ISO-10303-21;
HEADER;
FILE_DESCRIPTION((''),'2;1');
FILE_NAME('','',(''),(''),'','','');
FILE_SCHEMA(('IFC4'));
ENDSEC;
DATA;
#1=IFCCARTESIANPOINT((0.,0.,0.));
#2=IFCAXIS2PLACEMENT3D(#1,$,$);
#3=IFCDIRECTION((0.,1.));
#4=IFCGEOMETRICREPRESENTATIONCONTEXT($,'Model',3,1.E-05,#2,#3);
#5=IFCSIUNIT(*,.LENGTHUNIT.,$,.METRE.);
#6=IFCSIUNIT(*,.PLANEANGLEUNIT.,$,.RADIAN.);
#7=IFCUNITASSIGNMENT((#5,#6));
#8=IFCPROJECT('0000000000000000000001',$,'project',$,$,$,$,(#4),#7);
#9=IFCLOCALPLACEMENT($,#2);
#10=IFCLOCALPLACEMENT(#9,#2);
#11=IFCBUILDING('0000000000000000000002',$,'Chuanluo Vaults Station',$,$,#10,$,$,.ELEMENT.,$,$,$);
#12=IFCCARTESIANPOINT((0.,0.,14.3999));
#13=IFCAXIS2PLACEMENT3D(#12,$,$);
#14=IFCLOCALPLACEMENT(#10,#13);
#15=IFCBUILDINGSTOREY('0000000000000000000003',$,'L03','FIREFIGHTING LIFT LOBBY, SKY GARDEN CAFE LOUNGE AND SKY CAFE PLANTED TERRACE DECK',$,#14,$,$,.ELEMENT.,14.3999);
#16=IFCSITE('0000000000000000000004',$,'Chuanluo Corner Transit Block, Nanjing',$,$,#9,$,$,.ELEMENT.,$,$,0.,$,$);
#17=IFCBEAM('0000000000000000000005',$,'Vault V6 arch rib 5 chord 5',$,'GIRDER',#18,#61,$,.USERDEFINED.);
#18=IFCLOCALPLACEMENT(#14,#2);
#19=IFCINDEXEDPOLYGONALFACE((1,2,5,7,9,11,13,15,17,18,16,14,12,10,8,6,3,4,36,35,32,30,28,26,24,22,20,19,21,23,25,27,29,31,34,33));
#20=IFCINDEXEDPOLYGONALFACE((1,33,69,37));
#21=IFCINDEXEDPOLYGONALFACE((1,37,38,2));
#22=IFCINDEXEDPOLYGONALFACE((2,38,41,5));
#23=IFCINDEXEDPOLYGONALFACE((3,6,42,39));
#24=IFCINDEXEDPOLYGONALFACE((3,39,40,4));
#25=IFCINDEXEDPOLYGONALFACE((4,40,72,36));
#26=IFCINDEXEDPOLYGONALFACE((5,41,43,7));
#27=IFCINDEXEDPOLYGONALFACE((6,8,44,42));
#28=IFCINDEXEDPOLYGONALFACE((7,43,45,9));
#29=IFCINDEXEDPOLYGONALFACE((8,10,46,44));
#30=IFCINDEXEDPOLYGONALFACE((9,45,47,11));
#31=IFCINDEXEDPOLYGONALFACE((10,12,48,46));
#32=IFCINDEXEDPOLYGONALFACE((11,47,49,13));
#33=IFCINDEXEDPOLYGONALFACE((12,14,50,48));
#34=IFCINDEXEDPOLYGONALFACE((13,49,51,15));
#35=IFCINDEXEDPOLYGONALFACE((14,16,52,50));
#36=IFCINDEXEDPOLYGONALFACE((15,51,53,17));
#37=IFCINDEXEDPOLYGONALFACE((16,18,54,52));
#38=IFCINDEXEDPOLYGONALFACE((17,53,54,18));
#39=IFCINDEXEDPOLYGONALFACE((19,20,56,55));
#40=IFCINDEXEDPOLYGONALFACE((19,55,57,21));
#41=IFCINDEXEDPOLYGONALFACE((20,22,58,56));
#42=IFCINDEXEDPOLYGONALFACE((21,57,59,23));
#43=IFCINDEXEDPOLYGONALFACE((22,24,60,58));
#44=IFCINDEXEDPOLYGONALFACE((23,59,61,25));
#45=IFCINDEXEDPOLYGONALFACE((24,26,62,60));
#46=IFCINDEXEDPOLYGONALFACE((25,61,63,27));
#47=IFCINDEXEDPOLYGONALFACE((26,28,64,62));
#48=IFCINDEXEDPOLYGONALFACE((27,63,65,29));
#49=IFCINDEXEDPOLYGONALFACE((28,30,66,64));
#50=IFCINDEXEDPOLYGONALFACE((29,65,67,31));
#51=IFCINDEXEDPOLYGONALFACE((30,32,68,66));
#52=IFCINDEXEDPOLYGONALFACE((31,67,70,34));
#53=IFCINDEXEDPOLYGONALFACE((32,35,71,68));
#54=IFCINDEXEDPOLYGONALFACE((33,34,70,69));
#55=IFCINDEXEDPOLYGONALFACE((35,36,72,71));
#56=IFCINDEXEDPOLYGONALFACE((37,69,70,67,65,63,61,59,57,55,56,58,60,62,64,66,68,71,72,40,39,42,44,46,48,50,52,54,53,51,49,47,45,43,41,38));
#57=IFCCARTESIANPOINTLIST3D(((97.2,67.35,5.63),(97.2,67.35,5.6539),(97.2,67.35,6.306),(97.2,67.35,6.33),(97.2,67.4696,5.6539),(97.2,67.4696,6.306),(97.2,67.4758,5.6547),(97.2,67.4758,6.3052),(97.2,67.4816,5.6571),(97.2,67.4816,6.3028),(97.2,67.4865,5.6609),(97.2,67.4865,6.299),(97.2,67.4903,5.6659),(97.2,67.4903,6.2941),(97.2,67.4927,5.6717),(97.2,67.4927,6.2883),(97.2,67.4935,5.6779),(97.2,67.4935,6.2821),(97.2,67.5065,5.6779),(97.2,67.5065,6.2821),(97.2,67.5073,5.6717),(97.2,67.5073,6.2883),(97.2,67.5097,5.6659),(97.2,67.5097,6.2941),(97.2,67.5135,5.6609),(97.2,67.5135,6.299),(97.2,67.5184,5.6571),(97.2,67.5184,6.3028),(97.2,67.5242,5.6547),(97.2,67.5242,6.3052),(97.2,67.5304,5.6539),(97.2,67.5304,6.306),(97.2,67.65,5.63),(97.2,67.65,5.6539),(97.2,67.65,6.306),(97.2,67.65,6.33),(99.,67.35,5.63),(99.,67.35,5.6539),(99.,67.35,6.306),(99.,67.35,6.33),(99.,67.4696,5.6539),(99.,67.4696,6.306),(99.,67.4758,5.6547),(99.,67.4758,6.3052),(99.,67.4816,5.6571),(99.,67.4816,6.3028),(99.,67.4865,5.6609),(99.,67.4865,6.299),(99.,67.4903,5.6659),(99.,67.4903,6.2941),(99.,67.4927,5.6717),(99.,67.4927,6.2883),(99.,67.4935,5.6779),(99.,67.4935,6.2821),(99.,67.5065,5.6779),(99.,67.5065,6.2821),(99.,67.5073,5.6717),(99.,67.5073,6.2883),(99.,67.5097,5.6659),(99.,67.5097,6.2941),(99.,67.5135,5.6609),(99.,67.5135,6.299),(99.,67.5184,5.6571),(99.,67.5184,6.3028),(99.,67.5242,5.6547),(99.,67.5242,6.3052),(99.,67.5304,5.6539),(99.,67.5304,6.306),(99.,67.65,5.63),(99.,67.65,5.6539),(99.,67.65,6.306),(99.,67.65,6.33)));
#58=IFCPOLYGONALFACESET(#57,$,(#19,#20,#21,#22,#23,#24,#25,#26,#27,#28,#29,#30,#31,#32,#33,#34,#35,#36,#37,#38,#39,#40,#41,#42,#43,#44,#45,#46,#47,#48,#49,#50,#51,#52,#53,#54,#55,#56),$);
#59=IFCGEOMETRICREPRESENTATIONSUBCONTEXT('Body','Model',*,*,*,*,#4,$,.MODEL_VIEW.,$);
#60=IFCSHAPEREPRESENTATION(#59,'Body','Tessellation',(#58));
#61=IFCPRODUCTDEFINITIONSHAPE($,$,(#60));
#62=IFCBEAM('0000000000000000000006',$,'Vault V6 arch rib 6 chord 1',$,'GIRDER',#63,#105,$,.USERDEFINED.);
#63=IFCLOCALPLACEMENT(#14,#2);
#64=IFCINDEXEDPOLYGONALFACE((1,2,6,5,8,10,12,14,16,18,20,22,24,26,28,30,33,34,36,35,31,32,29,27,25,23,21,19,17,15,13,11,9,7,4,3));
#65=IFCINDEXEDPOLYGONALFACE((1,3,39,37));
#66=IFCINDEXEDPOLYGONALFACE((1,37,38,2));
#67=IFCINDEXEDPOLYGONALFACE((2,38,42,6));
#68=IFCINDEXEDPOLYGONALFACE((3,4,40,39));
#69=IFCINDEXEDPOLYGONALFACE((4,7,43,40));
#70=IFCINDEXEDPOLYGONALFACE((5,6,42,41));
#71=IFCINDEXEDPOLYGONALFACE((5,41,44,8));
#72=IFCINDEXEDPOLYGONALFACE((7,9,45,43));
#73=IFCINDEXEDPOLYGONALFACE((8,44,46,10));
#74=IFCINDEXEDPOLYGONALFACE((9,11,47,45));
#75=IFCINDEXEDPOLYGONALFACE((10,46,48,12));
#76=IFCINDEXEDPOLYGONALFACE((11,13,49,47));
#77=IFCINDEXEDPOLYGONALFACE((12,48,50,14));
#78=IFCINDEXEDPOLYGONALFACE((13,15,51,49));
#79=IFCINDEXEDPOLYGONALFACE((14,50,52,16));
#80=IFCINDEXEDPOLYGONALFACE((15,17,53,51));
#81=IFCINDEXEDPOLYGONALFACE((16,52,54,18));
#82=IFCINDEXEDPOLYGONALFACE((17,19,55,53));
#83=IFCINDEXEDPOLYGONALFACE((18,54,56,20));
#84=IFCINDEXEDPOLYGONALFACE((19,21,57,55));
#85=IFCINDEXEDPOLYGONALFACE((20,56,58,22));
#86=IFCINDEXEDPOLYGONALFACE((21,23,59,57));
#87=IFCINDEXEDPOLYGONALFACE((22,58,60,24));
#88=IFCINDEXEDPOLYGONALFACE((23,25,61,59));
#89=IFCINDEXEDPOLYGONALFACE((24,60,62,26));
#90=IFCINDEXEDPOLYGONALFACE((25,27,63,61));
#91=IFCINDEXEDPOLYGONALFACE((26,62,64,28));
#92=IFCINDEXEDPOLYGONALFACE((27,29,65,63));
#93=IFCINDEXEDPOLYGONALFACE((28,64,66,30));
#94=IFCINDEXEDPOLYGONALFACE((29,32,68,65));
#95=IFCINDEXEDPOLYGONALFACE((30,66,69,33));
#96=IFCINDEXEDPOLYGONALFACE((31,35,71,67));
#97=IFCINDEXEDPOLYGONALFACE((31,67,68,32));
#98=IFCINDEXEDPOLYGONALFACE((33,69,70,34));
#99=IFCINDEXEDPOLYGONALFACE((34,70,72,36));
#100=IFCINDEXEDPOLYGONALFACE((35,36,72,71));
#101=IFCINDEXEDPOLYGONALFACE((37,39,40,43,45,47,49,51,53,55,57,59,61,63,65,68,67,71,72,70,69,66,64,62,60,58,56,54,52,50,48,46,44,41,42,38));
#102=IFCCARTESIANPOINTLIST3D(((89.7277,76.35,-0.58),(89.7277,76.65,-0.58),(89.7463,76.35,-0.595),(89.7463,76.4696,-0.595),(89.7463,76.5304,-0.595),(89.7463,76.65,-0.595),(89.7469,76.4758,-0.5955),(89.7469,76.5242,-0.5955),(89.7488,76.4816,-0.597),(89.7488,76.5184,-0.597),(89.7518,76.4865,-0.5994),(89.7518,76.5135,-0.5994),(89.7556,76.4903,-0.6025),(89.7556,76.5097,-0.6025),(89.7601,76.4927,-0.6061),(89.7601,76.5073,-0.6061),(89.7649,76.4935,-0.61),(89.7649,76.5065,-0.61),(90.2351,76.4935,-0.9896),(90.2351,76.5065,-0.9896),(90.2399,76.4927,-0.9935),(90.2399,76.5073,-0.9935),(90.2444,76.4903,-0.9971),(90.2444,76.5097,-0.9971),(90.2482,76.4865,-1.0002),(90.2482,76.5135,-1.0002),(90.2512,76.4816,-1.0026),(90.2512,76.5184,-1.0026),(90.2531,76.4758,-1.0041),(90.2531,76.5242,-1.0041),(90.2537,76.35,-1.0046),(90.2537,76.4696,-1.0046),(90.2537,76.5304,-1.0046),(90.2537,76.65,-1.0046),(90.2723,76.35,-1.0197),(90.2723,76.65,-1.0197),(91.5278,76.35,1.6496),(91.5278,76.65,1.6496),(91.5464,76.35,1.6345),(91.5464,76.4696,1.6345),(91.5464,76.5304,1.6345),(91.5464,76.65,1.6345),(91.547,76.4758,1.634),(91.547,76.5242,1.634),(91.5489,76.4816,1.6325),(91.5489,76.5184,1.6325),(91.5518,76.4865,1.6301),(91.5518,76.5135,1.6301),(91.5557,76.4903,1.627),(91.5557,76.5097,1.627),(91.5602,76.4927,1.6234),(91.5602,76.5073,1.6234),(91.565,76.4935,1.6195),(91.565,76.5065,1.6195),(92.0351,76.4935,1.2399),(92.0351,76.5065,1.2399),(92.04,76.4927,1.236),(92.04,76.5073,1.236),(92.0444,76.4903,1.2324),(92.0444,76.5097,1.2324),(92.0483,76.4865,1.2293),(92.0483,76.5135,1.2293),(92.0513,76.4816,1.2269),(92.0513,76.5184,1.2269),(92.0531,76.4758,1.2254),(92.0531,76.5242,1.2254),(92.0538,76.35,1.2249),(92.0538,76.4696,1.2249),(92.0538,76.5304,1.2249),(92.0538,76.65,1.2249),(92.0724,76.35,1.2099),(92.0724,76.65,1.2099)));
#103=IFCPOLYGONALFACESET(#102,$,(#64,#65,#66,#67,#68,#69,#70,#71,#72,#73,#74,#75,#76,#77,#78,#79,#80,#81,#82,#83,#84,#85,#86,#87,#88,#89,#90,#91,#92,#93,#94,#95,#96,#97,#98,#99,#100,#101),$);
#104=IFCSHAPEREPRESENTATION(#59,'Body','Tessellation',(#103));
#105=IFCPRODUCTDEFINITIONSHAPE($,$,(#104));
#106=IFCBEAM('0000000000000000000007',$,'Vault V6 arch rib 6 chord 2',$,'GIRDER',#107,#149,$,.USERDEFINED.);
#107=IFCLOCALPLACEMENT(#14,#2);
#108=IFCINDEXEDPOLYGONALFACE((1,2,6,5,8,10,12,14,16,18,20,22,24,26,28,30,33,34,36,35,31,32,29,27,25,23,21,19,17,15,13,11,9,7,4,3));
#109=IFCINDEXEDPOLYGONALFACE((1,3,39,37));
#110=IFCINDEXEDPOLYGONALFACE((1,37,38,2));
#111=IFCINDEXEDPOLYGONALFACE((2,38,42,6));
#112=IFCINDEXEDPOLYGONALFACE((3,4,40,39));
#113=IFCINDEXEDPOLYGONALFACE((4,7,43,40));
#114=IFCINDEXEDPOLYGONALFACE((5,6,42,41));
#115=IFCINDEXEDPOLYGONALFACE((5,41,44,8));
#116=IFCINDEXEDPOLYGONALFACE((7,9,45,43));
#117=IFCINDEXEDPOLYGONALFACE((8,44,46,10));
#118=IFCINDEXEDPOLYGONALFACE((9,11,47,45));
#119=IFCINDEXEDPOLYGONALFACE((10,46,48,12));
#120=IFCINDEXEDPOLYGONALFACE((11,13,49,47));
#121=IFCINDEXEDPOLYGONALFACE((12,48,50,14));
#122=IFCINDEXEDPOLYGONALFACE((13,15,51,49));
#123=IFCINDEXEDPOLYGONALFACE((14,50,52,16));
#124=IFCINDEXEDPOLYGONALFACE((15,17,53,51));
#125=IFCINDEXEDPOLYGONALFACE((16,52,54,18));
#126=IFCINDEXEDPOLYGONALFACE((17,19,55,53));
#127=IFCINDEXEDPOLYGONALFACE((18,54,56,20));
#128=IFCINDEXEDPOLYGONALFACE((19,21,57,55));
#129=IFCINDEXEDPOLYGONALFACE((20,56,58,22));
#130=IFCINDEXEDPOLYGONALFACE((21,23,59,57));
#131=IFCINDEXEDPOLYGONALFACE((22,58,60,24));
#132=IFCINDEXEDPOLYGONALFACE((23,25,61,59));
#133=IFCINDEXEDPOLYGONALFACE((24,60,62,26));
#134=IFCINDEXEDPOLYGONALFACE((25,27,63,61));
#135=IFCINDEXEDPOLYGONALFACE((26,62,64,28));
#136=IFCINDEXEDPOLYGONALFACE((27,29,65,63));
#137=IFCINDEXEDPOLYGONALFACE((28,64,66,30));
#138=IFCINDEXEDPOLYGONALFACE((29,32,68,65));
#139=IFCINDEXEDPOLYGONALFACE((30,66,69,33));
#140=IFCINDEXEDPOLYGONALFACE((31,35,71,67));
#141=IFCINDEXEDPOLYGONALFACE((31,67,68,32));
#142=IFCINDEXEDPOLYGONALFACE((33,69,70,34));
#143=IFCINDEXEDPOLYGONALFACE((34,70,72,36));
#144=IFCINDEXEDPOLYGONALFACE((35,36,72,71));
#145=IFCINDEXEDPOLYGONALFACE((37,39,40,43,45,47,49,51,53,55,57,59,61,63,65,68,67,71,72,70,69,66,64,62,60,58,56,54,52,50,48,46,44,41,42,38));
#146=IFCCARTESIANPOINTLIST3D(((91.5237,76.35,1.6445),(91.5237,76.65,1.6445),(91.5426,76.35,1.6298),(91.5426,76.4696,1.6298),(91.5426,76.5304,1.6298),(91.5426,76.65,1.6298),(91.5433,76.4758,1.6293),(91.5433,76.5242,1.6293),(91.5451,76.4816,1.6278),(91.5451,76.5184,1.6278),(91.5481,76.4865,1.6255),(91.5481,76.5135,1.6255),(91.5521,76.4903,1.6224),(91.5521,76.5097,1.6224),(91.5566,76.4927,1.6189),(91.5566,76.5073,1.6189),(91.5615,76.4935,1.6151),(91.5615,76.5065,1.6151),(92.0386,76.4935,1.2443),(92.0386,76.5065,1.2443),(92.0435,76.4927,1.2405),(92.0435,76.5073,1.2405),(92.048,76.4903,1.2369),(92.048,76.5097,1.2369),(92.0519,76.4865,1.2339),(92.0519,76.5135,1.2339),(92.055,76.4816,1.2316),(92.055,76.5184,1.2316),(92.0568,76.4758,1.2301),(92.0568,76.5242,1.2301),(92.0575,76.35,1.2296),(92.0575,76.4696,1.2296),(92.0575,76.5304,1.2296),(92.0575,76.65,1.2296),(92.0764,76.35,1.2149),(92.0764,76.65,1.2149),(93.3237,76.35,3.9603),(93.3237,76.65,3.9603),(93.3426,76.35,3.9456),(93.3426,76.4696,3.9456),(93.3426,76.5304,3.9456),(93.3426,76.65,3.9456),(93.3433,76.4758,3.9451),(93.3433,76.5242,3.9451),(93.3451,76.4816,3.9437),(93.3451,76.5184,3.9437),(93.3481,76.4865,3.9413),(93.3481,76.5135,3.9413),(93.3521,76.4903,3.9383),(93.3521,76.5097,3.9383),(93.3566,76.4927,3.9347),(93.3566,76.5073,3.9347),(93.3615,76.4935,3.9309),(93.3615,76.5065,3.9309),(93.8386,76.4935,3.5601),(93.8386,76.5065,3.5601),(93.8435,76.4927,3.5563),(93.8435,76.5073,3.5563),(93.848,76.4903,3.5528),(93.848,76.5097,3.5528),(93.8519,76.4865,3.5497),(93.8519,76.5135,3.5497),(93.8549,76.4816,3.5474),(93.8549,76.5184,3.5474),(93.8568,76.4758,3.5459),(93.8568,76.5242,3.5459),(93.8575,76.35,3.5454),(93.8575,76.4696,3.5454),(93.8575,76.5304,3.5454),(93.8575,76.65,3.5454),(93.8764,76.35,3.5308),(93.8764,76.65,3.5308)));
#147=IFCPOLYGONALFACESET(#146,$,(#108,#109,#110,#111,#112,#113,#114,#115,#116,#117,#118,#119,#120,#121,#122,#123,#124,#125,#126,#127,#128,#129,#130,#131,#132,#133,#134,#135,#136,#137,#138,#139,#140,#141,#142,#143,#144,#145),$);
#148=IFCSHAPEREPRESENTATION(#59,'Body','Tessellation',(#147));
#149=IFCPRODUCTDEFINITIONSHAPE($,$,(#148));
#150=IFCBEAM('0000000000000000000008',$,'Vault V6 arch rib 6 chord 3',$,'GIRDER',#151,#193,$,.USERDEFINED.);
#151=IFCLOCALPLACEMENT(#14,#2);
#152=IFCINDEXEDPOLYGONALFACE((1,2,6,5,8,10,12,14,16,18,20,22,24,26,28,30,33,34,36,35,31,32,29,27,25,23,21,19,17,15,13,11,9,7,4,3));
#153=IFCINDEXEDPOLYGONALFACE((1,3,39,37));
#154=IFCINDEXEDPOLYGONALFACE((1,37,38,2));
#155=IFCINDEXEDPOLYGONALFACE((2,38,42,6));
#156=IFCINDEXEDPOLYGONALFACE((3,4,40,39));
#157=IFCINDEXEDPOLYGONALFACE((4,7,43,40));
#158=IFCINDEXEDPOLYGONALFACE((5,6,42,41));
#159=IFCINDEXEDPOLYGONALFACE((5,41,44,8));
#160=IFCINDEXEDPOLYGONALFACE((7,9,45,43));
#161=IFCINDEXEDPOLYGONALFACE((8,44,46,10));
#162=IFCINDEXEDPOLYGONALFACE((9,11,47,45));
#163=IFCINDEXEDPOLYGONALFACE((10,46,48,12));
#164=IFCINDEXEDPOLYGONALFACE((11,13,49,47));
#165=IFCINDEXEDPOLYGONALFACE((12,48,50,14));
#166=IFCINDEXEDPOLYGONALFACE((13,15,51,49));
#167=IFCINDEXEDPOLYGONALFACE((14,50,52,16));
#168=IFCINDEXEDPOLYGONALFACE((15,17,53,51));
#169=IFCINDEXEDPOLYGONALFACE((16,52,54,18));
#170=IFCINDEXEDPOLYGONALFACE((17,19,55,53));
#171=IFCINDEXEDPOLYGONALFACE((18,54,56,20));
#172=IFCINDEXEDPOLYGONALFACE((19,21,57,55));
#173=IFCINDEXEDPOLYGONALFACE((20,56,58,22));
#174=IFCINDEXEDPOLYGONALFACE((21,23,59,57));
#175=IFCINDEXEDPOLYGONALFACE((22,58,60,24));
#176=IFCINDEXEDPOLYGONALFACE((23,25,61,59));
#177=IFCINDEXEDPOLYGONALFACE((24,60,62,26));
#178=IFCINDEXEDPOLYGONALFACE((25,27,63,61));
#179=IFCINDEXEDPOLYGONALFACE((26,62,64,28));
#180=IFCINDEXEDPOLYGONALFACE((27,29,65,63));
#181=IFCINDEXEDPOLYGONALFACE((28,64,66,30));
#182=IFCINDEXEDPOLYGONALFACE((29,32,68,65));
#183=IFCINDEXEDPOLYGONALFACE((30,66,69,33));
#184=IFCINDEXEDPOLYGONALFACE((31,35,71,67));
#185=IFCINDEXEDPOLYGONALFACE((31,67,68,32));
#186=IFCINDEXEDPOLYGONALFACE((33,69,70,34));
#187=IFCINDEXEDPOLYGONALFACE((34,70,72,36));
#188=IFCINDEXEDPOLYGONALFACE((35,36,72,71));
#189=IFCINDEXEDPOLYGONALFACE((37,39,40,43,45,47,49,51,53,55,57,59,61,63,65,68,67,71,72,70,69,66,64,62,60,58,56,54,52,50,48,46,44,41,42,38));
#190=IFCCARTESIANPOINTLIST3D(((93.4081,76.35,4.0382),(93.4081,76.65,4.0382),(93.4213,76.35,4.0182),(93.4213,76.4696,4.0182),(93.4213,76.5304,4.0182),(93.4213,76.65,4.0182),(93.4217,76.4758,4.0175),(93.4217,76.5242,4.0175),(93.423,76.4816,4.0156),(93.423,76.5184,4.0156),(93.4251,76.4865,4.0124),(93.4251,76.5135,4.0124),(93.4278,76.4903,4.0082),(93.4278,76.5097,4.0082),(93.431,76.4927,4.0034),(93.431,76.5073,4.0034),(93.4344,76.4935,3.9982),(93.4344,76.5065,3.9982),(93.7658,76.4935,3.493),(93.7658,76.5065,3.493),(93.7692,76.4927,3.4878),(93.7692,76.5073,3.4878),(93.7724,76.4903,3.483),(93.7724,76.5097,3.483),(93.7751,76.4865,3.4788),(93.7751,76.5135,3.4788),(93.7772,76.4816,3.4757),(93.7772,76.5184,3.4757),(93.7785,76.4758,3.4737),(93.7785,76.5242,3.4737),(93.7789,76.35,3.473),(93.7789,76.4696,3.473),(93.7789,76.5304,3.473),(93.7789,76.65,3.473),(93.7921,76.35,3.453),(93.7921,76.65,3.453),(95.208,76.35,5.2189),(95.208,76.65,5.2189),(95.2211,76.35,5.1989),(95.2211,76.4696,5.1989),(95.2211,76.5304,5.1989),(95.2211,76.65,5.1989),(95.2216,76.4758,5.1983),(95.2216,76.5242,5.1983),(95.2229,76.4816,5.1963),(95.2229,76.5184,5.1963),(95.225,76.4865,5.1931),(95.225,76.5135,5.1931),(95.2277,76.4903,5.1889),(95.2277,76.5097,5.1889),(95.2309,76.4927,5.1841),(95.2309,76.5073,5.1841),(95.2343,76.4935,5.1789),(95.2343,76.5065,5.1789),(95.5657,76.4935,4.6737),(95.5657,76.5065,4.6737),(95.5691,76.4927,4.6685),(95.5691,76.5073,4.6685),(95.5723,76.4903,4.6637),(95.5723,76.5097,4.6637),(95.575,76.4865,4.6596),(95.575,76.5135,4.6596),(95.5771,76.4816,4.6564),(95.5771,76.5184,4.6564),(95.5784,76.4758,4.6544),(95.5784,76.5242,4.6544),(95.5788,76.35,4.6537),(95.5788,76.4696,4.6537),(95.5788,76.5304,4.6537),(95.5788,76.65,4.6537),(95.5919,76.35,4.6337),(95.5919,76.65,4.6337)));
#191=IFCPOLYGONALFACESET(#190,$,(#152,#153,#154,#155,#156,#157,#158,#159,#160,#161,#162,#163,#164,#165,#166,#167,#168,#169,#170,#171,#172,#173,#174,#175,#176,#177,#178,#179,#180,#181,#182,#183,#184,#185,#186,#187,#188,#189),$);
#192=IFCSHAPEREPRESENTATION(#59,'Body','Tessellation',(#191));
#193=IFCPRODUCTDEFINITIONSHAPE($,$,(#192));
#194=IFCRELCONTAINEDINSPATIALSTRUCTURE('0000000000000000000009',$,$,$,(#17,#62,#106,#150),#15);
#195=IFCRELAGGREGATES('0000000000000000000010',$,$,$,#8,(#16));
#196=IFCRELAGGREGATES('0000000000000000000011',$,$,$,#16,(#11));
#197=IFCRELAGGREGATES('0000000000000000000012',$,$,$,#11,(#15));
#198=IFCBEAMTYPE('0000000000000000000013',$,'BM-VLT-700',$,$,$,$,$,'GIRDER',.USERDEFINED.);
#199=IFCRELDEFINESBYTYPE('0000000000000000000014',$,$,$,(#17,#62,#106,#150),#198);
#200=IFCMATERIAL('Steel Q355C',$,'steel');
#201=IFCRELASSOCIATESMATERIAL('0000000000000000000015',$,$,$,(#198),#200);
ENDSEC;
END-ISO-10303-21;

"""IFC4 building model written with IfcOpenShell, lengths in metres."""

from ifc_helpers import new_model, si_unit, direction, frame, origin, origin_2d, place, context, subcontext, project, spatial, i_section, extrude, material, material_profile, profile_set, type_object, element, save


model = new_model("IFC4")

# Units and contexts
model_context = context("Model", 3, precision=1e-05, world=origin(), true_north=direction((0.0, 1.0)))
body_context = subcontext(model_context, "Body", "Model", "MODEL_VIEW")
ifc_project = project(units=[si_unit("LENGTHUNIT", "METRE"), si_unit("PLANEANGLEUNIT", "RADIAN")], contexts=[model_context])

# Site, building, storey
site_placement = place(None, origin())
site = spatial("IfcSite", under=ifc_project, at=site_placement, Name="Chuanluo Corner Transit Block, Nanjing", CompositionType="ELEMENT", RefElevation=0.0)
building_placement = place(site_placement, origin())
building = spatial("IfcBuilding", under=site, at=building_placement, Name="Chuanluo Vaults Station", CompositionType="ELEMENT")
storey_placement = place(building_placement, frame((0.0, 0.0, 14.3999)))
storey = spatial("IfcBuildingStorey", under=building, at=storey_placement, Name="L03", Description="FIREFIGHTING LIFT LOBBY, SKY GARDEN CAFE LOUNGE AND SKY CAFE PLANTED TERRACE DECK", CompositionType="ELEMENT", Elevation=14.3999)

# Beams
ifc_material_1 = material(Name="Steel Q355C", Category="steel")
ifc_material_profile_1 = material_profile(ifc_material_1, i_section(OverallWidth=0.3, OverallDepth=0.7, WebThickness=0.0129, FlangeThickness=0.0239, FilletRadius=0.0239, at=origin_2d()))
ifc_profile_set_1 = profile_set([ifc_material_profile_1], Name="Steel Q355C")
beam_type_1 = type_object("IfcBeamType", Name="BM-VLT-700", ElementType="GIRDER", PredefinedType="USERDEFINED", material=ifc_profile_set_1)
beam_1_placement = place(storey_placement, frame((97.2, 67.5, 5.98), z_axis=(1.0, 0.0, 0.0), x_axis=(0.0, 1.0, 0.0)))
element("IfcBeam", 1, at=beam_1_placement, inside=storey, type_object=beam_type_1, Name="Vault V6 arch rib 5 chord 5", ObjectType="GIRDER", PredefinedType="USERDEFINED", context=body_context, shape_type="SweptSolid", body=[
    extrude(i_section(OverallWidth=0.3, OverallDepth=0.7, WebThickness=0.0129, FlangeThickness=0.0239, FilletRadius=0.0239, at=origin_2d()), origin(), (0.0, 0.0, 1.0), 1.8),
])
beam_2_placement = place(storey_placement, frame((90.0, 76.5, -0.7998), z_axis=(0.62819, 0.0, 0.77806), x_axis=(0.0, 1.0, 0.0)))
element("IfcBeam", 2, at=beam_2_placement, inside=storey, type_object=beam_type_1, Name="Vault V6 arch rib 6 chord 1", ObjectType="GIRDER", PredefinedType="USERDEFINED", context=body_context, shape_type="SweptSolid", body=[
    extrude(i_section(OverallWidth=0.3, OverallDepth=0.7, WebThickness=0.0129, FlangeThickness=0.0239, FilletRadius=0.0239, at=origin_2d()), origin(), (0.0, 0.0, 1.0), 2.8655),
])
beam_3_placement = place(storey_placement, frame((91.8, 76.5, 1.4297), z_axis=(0.613681, 0.0, 0.789554), x_axis=(0.0, 1.0, 0.0)))
element("IfcBeam", 3, at=beam_3_placement, inside=storey, type_object=beam_type_1, Name="Vault V6 arch rib 6 chord 2", ObjectType="GIRDER", PredefinedType="USERDEFINED", context=body_context, shape_type="SweptSolid", body=[
    extrude(i_section(OverallWidth=0.3, OverallDepth=0.7, WebThickness=0.0129, FlangeThickness=0.0239, FilletRadius=0.0239, at=origin_2d()), origin(), (0.0, 0.0, 1.0), 2.9331),
])
beam_4_placement = place(storey_placement, frame((93.6001, 76.5, 3.7456), z_axis=(0.836145, 0.0, 0.548508), x_axis=(0.0, 1.0, 0.0)))
element("IfcBeam", 4, at=beam_4_placement, inside=storey, type_object=beam_type_1, Name="Vault V6 arch rib 6 chord 3", ObjectType="GIRDER", PredefinedType="USERDEFINED", context=body_context, shape_type="SweptSolid", body=[
    extrude(i_section(OverallWidth=0.3, OverallDepth=0.7, WebThickness=0.0129, FlangeThickness=0.0239, FilletRadius=0.0239, at=origin_2d()), origin(), (0.0, 0.0, 1.0), 2.1526),
])

save(model, "model.ifc")
